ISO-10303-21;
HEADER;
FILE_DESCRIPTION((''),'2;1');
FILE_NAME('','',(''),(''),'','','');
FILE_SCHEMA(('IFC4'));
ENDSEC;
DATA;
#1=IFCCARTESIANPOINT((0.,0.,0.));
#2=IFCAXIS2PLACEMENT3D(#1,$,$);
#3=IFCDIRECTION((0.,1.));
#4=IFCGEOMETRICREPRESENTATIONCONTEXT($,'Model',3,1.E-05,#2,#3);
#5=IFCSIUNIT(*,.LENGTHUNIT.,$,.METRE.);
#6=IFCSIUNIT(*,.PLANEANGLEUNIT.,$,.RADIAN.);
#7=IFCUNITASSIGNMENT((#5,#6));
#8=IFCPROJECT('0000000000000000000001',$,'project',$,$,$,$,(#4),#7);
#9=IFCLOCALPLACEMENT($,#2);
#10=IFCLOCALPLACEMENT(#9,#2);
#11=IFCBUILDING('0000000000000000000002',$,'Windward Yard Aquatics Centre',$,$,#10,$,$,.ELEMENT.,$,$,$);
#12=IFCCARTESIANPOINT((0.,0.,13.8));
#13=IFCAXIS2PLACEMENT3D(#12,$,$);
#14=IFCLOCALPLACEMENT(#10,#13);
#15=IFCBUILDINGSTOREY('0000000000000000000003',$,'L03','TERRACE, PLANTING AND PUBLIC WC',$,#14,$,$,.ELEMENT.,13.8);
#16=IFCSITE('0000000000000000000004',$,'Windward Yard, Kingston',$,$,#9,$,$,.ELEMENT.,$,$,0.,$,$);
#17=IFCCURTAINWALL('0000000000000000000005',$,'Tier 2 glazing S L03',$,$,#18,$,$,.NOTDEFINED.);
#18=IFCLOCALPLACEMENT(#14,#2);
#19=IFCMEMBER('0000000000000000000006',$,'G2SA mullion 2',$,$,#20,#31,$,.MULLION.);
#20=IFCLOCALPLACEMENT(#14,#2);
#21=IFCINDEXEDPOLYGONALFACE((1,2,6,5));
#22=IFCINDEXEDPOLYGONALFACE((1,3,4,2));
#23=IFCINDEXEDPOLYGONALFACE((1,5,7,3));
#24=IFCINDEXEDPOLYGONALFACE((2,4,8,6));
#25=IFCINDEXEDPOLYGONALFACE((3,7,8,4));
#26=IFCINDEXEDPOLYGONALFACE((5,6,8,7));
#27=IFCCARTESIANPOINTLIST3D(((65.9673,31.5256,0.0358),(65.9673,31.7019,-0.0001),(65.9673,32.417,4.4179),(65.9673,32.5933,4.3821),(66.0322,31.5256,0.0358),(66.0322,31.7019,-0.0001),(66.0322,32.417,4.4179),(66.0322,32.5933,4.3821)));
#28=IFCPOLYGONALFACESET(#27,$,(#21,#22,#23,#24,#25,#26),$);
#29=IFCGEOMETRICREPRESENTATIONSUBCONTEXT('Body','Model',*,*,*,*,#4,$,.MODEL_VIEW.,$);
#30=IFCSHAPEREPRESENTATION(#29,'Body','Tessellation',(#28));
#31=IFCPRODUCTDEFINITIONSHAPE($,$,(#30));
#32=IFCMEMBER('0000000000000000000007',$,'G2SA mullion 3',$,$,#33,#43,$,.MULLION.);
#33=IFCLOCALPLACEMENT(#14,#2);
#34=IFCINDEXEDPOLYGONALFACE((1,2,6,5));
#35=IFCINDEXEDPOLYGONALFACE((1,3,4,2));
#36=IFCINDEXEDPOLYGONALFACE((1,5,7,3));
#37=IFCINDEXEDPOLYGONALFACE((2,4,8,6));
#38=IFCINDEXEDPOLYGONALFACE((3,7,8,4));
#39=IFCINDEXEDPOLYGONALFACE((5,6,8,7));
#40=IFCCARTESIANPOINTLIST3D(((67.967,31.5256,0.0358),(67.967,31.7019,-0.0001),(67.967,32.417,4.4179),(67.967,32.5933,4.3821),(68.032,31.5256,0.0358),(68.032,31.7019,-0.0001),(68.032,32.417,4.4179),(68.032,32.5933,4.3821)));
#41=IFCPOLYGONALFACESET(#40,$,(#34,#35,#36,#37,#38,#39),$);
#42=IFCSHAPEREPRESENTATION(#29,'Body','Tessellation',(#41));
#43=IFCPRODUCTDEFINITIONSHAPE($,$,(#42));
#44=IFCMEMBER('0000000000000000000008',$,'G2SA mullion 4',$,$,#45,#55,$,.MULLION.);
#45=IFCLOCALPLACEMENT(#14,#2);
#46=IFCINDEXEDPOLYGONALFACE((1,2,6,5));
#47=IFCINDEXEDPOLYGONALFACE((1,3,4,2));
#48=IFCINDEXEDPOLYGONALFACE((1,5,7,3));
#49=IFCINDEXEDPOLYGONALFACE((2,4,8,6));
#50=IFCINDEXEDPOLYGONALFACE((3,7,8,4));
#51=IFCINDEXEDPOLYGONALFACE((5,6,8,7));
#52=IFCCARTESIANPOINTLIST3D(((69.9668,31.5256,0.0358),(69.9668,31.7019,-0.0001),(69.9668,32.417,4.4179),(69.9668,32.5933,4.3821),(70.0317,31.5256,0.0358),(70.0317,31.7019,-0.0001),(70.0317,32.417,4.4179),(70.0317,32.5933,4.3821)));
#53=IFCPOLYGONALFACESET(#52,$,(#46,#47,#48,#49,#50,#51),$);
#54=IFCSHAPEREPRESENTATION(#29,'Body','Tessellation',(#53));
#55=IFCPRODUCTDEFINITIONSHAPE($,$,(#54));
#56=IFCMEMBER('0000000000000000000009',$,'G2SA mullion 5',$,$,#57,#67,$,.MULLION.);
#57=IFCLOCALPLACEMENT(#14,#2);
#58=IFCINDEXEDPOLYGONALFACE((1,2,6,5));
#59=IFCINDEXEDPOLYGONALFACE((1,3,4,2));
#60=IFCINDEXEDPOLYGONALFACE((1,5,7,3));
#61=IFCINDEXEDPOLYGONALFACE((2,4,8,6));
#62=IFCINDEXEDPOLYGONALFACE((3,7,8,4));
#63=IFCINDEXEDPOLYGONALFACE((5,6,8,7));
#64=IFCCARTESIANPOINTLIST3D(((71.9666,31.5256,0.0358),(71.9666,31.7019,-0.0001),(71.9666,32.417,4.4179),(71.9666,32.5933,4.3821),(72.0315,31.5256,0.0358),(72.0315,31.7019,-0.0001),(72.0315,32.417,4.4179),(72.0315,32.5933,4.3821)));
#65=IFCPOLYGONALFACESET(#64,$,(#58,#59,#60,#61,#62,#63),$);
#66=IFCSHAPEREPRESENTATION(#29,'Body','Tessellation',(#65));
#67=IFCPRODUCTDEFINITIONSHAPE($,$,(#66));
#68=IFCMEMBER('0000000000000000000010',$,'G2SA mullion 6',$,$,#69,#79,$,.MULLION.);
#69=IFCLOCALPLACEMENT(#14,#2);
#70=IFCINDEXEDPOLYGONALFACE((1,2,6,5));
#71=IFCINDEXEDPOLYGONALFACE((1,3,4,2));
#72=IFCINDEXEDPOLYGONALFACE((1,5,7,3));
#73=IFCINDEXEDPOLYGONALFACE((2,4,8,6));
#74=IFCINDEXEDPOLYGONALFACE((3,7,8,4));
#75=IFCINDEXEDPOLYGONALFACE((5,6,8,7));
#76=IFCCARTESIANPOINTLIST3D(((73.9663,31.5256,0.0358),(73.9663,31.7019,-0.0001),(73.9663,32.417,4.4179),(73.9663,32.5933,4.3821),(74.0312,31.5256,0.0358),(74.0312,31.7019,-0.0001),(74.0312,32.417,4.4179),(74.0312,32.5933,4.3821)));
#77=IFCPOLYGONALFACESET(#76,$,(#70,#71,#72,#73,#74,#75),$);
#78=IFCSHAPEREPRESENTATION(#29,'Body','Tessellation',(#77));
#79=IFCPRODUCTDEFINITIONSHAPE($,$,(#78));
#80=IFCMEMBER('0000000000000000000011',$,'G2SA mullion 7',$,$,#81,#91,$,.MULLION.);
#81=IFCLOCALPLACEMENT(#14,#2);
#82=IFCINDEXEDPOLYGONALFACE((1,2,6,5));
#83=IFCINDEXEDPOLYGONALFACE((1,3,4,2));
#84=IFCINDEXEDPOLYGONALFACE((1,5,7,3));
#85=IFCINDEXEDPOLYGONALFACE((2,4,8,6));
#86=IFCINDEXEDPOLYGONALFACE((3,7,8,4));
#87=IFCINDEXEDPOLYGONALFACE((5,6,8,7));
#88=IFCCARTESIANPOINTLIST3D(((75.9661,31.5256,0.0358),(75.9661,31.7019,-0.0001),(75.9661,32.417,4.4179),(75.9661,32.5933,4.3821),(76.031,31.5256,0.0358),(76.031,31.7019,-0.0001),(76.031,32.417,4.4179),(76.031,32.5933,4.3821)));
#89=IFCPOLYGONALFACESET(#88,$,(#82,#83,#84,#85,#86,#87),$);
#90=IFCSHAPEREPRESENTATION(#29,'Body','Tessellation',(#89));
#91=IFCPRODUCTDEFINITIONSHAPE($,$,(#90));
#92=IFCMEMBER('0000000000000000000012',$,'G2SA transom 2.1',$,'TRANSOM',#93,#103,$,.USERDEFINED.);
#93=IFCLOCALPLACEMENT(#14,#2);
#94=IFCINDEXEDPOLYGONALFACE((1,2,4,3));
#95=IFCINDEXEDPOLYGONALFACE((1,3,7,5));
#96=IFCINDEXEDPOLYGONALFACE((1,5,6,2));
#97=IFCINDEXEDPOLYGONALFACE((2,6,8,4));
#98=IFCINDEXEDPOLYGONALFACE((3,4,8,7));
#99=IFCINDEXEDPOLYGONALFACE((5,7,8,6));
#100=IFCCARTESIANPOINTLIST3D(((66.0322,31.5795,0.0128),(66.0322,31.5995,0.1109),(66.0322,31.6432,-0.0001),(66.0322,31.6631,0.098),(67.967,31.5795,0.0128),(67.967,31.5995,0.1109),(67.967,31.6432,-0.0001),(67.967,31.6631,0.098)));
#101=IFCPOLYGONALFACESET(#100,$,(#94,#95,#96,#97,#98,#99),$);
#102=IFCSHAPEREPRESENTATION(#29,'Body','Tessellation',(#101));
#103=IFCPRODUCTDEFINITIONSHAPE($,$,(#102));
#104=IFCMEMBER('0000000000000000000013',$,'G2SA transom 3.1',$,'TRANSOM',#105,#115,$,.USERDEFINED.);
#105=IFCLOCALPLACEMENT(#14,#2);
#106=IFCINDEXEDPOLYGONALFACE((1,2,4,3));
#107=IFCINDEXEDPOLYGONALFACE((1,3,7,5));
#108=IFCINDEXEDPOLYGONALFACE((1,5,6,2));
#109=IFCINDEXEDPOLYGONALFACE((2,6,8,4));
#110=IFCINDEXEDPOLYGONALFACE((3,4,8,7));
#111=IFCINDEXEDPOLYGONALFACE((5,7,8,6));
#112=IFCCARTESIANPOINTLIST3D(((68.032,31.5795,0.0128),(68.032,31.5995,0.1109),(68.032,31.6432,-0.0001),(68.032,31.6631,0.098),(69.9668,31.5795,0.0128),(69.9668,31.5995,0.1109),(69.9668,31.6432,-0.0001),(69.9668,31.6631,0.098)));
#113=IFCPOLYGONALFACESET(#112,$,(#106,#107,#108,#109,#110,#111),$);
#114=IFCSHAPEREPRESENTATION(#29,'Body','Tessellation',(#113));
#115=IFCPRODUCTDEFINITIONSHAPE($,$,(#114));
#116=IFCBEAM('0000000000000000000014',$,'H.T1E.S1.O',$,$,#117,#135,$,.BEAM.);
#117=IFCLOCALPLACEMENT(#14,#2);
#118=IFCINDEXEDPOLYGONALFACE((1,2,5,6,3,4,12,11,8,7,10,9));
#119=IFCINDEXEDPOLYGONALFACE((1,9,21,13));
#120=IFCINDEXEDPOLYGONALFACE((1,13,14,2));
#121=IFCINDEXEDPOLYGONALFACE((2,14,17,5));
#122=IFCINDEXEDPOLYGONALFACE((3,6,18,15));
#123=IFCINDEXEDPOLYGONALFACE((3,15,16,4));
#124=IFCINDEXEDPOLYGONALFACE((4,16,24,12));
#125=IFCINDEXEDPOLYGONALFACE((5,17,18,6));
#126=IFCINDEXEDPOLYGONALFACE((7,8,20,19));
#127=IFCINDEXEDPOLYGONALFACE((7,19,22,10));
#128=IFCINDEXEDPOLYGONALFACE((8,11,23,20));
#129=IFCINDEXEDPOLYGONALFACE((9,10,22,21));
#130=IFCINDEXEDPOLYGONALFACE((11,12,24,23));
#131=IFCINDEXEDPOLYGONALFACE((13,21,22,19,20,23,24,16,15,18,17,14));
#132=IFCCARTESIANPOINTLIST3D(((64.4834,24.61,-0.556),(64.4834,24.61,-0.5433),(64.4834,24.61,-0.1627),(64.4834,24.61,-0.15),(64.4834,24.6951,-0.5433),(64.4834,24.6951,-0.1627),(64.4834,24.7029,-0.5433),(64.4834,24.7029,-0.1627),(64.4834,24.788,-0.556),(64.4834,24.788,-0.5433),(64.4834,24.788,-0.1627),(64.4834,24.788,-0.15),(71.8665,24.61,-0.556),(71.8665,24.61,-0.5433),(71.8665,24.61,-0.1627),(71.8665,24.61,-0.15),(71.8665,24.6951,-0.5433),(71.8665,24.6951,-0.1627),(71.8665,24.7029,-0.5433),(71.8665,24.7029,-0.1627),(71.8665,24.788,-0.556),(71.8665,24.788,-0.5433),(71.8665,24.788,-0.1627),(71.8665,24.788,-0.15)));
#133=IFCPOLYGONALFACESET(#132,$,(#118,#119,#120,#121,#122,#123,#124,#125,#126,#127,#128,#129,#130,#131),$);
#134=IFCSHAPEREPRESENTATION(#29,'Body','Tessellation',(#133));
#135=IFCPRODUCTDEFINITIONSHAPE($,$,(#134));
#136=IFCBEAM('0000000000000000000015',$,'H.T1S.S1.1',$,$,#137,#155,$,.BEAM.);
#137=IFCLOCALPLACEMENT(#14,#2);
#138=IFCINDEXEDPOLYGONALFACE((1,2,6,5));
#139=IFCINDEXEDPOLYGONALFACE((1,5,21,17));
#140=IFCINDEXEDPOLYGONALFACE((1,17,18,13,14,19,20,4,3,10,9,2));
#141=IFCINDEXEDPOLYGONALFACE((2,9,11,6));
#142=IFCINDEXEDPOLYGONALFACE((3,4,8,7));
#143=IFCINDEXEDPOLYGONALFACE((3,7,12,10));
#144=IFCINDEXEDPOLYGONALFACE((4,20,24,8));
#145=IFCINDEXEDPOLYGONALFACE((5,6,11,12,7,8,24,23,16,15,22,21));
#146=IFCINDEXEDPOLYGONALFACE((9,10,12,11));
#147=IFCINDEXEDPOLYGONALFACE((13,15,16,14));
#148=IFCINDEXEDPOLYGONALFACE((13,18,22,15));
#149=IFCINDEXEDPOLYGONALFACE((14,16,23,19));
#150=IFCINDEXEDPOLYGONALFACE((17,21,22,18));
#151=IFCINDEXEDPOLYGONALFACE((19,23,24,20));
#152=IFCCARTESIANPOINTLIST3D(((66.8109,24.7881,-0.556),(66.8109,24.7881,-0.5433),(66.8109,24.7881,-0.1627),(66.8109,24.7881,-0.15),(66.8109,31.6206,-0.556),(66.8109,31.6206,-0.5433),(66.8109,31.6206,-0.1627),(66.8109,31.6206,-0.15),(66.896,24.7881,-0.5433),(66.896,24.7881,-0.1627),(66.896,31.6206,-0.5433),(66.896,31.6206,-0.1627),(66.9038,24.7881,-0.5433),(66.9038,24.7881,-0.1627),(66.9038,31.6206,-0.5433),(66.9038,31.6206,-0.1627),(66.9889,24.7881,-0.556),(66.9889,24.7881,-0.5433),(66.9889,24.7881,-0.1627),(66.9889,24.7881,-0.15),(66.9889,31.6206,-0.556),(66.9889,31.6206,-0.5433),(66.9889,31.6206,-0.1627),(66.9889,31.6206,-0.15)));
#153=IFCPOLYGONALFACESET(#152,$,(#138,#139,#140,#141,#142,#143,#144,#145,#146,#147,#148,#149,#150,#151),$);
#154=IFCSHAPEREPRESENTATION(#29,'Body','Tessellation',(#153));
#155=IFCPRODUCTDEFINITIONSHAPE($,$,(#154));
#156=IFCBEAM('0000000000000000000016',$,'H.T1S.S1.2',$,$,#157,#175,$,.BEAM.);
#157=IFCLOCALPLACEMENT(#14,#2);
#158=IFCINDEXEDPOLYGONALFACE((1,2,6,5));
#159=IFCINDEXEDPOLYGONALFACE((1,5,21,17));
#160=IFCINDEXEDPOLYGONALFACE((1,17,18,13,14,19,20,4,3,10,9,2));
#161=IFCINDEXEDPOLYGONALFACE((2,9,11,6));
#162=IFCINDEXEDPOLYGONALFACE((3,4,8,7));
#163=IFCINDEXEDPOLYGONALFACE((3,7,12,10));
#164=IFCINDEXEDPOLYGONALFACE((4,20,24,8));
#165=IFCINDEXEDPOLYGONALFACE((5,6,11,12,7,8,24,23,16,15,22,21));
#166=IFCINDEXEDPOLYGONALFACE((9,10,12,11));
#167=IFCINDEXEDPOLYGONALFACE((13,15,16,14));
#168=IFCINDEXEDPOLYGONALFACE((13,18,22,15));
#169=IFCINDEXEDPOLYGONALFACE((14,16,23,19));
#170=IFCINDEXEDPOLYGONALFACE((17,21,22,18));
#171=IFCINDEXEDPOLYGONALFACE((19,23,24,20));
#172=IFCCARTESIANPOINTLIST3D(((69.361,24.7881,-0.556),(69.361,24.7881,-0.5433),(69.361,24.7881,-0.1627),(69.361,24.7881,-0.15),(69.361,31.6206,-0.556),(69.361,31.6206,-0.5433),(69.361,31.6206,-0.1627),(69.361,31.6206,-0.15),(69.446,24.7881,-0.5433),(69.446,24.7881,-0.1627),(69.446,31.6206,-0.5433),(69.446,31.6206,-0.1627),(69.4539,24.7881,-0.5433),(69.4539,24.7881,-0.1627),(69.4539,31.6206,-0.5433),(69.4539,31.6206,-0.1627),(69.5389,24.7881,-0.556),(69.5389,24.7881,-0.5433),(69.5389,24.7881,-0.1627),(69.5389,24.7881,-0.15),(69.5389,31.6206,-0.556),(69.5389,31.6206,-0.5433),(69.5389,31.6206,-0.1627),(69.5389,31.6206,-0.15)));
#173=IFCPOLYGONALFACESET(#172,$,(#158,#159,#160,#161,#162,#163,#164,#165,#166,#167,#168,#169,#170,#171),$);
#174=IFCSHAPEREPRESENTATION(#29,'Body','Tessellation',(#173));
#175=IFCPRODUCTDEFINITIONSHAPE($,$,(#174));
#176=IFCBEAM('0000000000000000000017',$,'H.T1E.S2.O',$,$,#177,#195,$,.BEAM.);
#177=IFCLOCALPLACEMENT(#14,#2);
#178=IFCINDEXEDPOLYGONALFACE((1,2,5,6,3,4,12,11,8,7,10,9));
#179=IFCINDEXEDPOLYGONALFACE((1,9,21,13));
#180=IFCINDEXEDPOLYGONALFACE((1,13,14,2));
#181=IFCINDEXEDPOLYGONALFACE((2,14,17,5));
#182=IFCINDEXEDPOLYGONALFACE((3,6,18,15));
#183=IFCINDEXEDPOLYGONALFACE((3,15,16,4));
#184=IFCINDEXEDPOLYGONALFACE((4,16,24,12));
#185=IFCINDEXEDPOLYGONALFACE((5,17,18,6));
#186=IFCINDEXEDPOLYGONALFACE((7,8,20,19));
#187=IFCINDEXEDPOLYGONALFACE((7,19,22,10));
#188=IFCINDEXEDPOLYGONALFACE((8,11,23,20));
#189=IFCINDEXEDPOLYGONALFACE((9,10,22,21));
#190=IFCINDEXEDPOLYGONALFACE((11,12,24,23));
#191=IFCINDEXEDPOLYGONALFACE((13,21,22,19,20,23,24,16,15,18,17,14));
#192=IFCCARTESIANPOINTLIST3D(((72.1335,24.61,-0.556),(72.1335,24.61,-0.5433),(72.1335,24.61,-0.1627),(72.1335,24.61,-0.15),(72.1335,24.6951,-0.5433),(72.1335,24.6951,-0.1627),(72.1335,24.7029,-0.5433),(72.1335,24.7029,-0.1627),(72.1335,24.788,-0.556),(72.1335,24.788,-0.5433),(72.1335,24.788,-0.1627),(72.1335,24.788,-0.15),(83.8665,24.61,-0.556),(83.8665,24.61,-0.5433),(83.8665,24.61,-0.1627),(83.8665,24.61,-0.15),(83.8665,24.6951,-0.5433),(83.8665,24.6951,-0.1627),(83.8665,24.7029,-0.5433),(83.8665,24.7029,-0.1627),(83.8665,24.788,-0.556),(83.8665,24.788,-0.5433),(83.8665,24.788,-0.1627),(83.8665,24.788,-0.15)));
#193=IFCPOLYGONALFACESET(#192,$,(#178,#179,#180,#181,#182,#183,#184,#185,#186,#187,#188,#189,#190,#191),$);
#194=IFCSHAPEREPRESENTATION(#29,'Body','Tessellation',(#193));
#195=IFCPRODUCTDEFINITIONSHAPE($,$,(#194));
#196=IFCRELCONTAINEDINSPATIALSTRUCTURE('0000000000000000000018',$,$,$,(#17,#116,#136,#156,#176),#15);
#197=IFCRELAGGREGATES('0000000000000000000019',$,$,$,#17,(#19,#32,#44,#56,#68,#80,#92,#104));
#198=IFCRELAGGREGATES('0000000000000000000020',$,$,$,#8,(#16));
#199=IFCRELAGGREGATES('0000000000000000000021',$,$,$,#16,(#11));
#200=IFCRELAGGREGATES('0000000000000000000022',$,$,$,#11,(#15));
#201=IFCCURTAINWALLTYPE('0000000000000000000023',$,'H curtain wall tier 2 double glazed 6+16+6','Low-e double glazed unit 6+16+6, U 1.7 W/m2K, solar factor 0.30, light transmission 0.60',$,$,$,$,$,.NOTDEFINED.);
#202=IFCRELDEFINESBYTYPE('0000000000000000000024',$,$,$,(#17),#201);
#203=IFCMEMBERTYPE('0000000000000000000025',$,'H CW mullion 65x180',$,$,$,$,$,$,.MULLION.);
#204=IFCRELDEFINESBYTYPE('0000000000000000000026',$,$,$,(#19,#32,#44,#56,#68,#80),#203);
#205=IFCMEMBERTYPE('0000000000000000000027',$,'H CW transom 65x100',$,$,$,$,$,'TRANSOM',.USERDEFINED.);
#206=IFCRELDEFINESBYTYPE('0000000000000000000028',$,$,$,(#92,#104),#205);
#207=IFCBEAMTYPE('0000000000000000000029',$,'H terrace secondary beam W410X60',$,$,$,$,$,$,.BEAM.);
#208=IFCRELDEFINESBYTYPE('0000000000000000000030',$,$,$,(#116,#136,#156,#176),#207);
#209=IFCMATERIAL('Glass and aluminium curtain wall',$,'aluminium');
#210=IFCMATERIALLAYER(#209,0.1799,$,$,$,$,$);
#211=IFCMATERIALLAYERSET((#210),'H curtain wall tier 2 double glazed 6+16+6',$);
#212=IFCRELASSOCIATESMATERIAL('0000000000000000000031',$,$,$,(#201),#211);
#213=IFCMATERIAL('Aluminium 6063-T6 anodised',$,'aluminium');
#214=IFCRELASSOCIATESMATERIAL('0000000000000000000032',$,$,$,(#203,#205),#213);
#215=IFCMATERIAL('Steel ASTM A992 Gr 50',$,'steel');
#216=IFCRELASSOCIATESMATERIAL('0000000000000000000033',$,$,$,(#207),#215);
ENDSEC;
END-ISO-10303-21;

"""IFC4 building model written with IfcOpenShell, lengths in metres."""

from ifc_helpers import new_model, si_unit, direction, frame, origin, origin_2d, place, context, subcontext, project, spatial, rectangle, i_section, extrude, material, layer, layer_set, material_profile, profile_set, type_object, element, aggregate, save


model = new_model("IFC4")

# Units and contexts
model_context = context("Model", 3, precision=1e-05, world=origin(), true_north=direction((0.0, 1.0)))
body_context = subcontext(model_context, "Body", "Model", "MODEL_VIEW")
ifc_project = project(units=[si_unit("LENGTHUNIT", "METRE"), si_unit("PLANEANGLEUNIT", "RADIAN")], contexts=[model_context])

# Site, building, storey
site_placement = place(None, origin())
site = spatial("IfcSite", under=ifc_project, at=site_placement, Name="Windward Yard, Kingston", CompositionType="ELEMENT", RefElevation=0.0)
building_placement = place(site_placement, origin())
building = spatial("IfcBuilding", under=site, at=building_placement, Name="Windward Yard Aquatics Centre", CompositionType="ELEMENT")
storey_placement = place(building_placement, frame((0.0, 0.0, 13.8)))
storey = spatial("IfcBuildingStorey", under=building, at=storey_placement, Name="L03", Description="TERRACE, PLANTING AND PUBLIC WC", CompositionType="ELEMENT", Elevation=13.8)

# Curtain wall, members
ifc_material_1 = material(Name="Glass and aluminium curtain wall", Category="aluminium")
ifc_layer_1 = layer(ifc_material_1, 0.1799)
ifc_layer_set_1 = layer_set([ifc_layer_1], Name="H curtain wall tier 2 double glazed 6+16+6")
curtain_wall_type = type_object("IfcCurtainWallType", Name="H curtain wall tier 2 double glazed 6+16+6", Description="Low-e double glazed unit 6+16+6, U 1.7 W/m2K, solar factor 0.30, light transmission 0.60", PredefinedType="NOTDEFINED", material=ifc_layer_set_1)
curtain_wall_placement = place(storey_placement, origin())
curtain_wall = element("IfcCurtainWall", 1, at=curtain_wall_placement, inside=storey, type_object=curtain_wall_type, Name="Tier 2 glazing S L03", PredefinedType="NOTDEFINED")
ifc_material_2 = material(Name="Aluminium 6063-T6 anodised", Category="aluminium")
ifc_material_profile_1 = material_profile(ifc_material_2, rectangle(XDim=0.0649, YDim=0.1799, at=origin_2d()), Name="H CW mullion 65x180")
ifc_profile_set_1 = profile_set([ifc_material_profile_1], Name="Aluminium 6063-T6 anodised")
member_type_1 = type_object("IfcMemberType", Name="H CW mullion 65x180", PredefinedType="MULLION", material=ifc_profile_set_1)
member_1_placement = place(storey_placement, frame((65.9998, 31.6138, 0.0178), z_axis=(0.0, 0.199328, 0.979933), x_axis=(-1.0, 0.0, 0.0)))
member_1 = element("IfcMember", 2, at=member_1_placement, type_object=member_type_1, Name="G2SA mullion 2", PredefinedType="MULLION", context=body_context, shape_type="SweptSolid", body=[
    extrude(rectangle(XDim=0.0649, YDim=0.1799, at=origin_2d()), origin(), (0.0, 0.0, 1.0), 4.4719),
])
member_2_placement = place(storey_placement, frame((67.9995, 31.6138, 0.0178), z_axis=(0.0, 0.199328, 0.979933), x_axis=(-1.0, 0.0, 0.0)))
member_2 = element("IfcMember", 3, at=member_2_placement, type_object=member_type_1, Name="G2SA mullion 3", PredefinedType="MULLION", context=body_context, shape_type="SweptSolid", body=[
    extrude(rectangle(XDim=0.0649, YDim=0.1799, at=origin_2d()), origin(), (0.0, 0.0, 1.0), 4.4719),
])
member_3_placement = place(storey_placement, frame((69.9993, 31.6138, 0.0178), z_axis=(0.0, 0.199328, 0.979933), x_axis=(-1.0, 0.0, 0.0)))
member_3 = element("IfcMember", 4, at=member_3_placement, type_object=member_type_1, Name="G2SA mullion 4", PredefinedType="MULLION", context=body_context, shape_type="SweptSolid", body=[
    extrude(rectangle(XDim=0.0649, YDim=0.1799, at=origin_2d()), origin(), (0.0, 0.0, 1.0), 4.4719),
])
member_4_placement = place(storey_placement, frame((71.999, 31.6138, 0.0178), z_axis=(0.0, 0.199328, 0.979933), x_axis=(-1.0, 0.0, 0.0)))
member_4 = element("IfcMember", 5, at=member_4_placement, type_object=member_type_1, Name="G2SA mullion 5", PredefinedType="MULLION", context=body_context, shape_type="SweptSolid", body=[
    extrude(rectangle(XDim=0.0649, YDim=0.1799, at=origin_2d()), origin(), (0.0, 0.0, 1.0), 4.4719),
])
member_5_placement = place(storey_placement, frame((73.9988, 31.6138, 0.0178), z_axis=(0.0, 0.199328, 0.979933), x_axis=(-1.0, 0.0, 0.0)))
member_5 = element("IfcMember", 6, at=member_5_placement, type_object=member_type_1, Name="G2SA mullion 6", PredefinedType="MULLION", context=body_context, shape_type="SweptSolid", body=[
    extrude(rectangle(XDim=0.0649, YDim=0.1799, at=origin_2d()), origin(), (0.0, 0.0, 1.0), 4.4719),
])
member_6_placement = place(storey_placement, frame((75.9985, 31.6138, 0.0178), z_axis=(0.0, 0.199328, 0.979933), x_axis=(-1.0, 0.0, 0.0)))
member_6 = element("IfcMember", 7, at=member_6_placement, type_object=member_type_1, Name="G2SA mullion 7", PredefinedType="MULLION", context=body_context, shape_type="SweptSolid", body=[
    extrude(rectangle(XDim=0.0649, YDim=0.1799, at=origin_2d()), origin(), (0.0, 0.0, 1.0), 4.4719),
])
ifc_material_profile_2 = material_profile(ifc_material_2, rectangle(XDim=0.0649, YDim=0.1001, at=origin_2d()), Name="H CW transom 65x100")
ifc_profile_set_2 = profile_set([ifc_material_profile_2], Name="Aluminium 6063-T6 anodised")
member_type_2 = type_object("IfcMemberType", Name="H CW transom 65x100", ElementType="TRANSOM", PredefinedType="USERDEFINED", material=ifc_profile_set_2)
member_7_placement = place(storey_placement, frame((66.0322, 31.6213, 0.0554), z_axis=(1.0, 0.0, 0.0), x_axis=(0.0, -0.979925, 0.199368)))
member_7 = element("IfcMember", 8, at=member_7_placement, type_object=member_type_2, Name="G2SA transom 2.1", ObjectType="TRANSOM", PredefinedType="USERDEFINED", context=body_context, shape_type="SweptSolid", body=[
    extrude(rectangle(XDim=0.0649, YDim=0.1001, at=origin_2d()), origin(), (0.0, 0.0, 1.0), 1.9348),
])
member_8_placement = place(storey_placement, frame((68.032, 31.6213, 0.0554), z_axis=(1.0, 0.0, 0.0), x_axis=(0.0, -0.979925, 0.199368)))
member_8 = element("IfcMember", 9, at=member_8_placement, type_object=member_type_2, Name="G2SA transom 3.1", ObjectType="TRANSOM", PredefinedType="USERDEFINED", context=body_context, shape_type="SweptSolid", body=[
    extrude(rectangle(XDim=0.0649, YDim=0.1001, at=origin_2d()), origin(), (0.0, 0.0, 1.0), 1.9348),
])

# Beams
ifc_material_3 = material(Name="Steel ASTM A992 Gr 50", Category="steel")
ifc_material_profile_3 = material_profile(ifc_material_3, i_section(OverallWidth=0.178, OverallDepth=0.406, WebThickness=0.0078, FlangeThickness=0.0127, at=origin_2d()), Name="W410X60")
ifc_profile_set_3 = profile_set([ifc_material_profile_3], Name="Steel ASTM A992 Gr 50")
beam_type_1 = type_object("IfcBeamType", Name="H terrace secondary beam W410X60", PredefinedType="BEAM", material=ifc_profile_set_3)
beam_1_placement = place(storey_placement, frame((64.4834, 24.699, -0.353), z_axis=(1.0, 0.0, 0.0), x_axis=(0.0, 1.0, 0.0)))
element("IfcBeam", 10, at=beam_1_placement, inside=storey, type_object=beam_type_1, Name="H.T1E.S1.O", PredefinedType="BEAM", context=body_context, shape_type="SweptSolid", body=[
    extrude(i_section(OverallWidth=0.178, OverallDepth=0.406, WebThickness=0.0078, FlangeThickness=0.0127, at=origin_2d()), origin(), (0.0, 0.0, 1.0), 7.3831),
])
for number, where, z_axis, x_axis, name in (
    (11, (66.8999, 24.7881, -0.353), (0.0, 1.0, 0.0), (-1.0, 0.0, 0.0), "H.T1S.S1.1"),
    (12, (69.45, 24.7881, -0.353), (0.0, 1.0, 0.0), (-1.0, 0.0, 0.0), "H.T1S.S1.2"),
):
    element("IfcBeam", number, at=place(storey_placement, frame(where, z_axis=z_axis, x_axis=x_axis)), inside=storey, type_object=beam_type_1, Name=name, PredefinedType="BEAM", context=body_context, shape_type="SweptSolid", body=[
        extrude(i_section(OverallWidth=0.178, OverallDepth=0.406, WebThickness=0.0078, FlangeThickness=0.0127, at=origin_2d()), origin(), (0.0, 0.0, 1.0), 6.8325),
    ])
beam_2_placement = place(storey_placement, frame((72.1335, 24.699, -0.353), z_axis=(1.0, 0.0, 0.0), x_axis=(0.0, 1.0, 0.0)))
element("IfcBeam", 13, at=beam_2_placement, inside=storey, type_object=beam_type_1, Name="H.T1E.S2.O", PredefinedType="BEAM", context=body_context, shape_type="SweptSolid", body=[
    extrude(i_section(OverallWidth=0.178, OverallDepth=0.406, WebThickness=0.0078, FlangeThickness=0.0127, at=origin_2d()), origin(), (0.0, 0.0, 1.0), 11.7329),
])

aggregate(curtain_wall, [member_1, member_2, member_3, member_4, member_5, member_6, member_7, member_8])

save(model, "model.ifc")
